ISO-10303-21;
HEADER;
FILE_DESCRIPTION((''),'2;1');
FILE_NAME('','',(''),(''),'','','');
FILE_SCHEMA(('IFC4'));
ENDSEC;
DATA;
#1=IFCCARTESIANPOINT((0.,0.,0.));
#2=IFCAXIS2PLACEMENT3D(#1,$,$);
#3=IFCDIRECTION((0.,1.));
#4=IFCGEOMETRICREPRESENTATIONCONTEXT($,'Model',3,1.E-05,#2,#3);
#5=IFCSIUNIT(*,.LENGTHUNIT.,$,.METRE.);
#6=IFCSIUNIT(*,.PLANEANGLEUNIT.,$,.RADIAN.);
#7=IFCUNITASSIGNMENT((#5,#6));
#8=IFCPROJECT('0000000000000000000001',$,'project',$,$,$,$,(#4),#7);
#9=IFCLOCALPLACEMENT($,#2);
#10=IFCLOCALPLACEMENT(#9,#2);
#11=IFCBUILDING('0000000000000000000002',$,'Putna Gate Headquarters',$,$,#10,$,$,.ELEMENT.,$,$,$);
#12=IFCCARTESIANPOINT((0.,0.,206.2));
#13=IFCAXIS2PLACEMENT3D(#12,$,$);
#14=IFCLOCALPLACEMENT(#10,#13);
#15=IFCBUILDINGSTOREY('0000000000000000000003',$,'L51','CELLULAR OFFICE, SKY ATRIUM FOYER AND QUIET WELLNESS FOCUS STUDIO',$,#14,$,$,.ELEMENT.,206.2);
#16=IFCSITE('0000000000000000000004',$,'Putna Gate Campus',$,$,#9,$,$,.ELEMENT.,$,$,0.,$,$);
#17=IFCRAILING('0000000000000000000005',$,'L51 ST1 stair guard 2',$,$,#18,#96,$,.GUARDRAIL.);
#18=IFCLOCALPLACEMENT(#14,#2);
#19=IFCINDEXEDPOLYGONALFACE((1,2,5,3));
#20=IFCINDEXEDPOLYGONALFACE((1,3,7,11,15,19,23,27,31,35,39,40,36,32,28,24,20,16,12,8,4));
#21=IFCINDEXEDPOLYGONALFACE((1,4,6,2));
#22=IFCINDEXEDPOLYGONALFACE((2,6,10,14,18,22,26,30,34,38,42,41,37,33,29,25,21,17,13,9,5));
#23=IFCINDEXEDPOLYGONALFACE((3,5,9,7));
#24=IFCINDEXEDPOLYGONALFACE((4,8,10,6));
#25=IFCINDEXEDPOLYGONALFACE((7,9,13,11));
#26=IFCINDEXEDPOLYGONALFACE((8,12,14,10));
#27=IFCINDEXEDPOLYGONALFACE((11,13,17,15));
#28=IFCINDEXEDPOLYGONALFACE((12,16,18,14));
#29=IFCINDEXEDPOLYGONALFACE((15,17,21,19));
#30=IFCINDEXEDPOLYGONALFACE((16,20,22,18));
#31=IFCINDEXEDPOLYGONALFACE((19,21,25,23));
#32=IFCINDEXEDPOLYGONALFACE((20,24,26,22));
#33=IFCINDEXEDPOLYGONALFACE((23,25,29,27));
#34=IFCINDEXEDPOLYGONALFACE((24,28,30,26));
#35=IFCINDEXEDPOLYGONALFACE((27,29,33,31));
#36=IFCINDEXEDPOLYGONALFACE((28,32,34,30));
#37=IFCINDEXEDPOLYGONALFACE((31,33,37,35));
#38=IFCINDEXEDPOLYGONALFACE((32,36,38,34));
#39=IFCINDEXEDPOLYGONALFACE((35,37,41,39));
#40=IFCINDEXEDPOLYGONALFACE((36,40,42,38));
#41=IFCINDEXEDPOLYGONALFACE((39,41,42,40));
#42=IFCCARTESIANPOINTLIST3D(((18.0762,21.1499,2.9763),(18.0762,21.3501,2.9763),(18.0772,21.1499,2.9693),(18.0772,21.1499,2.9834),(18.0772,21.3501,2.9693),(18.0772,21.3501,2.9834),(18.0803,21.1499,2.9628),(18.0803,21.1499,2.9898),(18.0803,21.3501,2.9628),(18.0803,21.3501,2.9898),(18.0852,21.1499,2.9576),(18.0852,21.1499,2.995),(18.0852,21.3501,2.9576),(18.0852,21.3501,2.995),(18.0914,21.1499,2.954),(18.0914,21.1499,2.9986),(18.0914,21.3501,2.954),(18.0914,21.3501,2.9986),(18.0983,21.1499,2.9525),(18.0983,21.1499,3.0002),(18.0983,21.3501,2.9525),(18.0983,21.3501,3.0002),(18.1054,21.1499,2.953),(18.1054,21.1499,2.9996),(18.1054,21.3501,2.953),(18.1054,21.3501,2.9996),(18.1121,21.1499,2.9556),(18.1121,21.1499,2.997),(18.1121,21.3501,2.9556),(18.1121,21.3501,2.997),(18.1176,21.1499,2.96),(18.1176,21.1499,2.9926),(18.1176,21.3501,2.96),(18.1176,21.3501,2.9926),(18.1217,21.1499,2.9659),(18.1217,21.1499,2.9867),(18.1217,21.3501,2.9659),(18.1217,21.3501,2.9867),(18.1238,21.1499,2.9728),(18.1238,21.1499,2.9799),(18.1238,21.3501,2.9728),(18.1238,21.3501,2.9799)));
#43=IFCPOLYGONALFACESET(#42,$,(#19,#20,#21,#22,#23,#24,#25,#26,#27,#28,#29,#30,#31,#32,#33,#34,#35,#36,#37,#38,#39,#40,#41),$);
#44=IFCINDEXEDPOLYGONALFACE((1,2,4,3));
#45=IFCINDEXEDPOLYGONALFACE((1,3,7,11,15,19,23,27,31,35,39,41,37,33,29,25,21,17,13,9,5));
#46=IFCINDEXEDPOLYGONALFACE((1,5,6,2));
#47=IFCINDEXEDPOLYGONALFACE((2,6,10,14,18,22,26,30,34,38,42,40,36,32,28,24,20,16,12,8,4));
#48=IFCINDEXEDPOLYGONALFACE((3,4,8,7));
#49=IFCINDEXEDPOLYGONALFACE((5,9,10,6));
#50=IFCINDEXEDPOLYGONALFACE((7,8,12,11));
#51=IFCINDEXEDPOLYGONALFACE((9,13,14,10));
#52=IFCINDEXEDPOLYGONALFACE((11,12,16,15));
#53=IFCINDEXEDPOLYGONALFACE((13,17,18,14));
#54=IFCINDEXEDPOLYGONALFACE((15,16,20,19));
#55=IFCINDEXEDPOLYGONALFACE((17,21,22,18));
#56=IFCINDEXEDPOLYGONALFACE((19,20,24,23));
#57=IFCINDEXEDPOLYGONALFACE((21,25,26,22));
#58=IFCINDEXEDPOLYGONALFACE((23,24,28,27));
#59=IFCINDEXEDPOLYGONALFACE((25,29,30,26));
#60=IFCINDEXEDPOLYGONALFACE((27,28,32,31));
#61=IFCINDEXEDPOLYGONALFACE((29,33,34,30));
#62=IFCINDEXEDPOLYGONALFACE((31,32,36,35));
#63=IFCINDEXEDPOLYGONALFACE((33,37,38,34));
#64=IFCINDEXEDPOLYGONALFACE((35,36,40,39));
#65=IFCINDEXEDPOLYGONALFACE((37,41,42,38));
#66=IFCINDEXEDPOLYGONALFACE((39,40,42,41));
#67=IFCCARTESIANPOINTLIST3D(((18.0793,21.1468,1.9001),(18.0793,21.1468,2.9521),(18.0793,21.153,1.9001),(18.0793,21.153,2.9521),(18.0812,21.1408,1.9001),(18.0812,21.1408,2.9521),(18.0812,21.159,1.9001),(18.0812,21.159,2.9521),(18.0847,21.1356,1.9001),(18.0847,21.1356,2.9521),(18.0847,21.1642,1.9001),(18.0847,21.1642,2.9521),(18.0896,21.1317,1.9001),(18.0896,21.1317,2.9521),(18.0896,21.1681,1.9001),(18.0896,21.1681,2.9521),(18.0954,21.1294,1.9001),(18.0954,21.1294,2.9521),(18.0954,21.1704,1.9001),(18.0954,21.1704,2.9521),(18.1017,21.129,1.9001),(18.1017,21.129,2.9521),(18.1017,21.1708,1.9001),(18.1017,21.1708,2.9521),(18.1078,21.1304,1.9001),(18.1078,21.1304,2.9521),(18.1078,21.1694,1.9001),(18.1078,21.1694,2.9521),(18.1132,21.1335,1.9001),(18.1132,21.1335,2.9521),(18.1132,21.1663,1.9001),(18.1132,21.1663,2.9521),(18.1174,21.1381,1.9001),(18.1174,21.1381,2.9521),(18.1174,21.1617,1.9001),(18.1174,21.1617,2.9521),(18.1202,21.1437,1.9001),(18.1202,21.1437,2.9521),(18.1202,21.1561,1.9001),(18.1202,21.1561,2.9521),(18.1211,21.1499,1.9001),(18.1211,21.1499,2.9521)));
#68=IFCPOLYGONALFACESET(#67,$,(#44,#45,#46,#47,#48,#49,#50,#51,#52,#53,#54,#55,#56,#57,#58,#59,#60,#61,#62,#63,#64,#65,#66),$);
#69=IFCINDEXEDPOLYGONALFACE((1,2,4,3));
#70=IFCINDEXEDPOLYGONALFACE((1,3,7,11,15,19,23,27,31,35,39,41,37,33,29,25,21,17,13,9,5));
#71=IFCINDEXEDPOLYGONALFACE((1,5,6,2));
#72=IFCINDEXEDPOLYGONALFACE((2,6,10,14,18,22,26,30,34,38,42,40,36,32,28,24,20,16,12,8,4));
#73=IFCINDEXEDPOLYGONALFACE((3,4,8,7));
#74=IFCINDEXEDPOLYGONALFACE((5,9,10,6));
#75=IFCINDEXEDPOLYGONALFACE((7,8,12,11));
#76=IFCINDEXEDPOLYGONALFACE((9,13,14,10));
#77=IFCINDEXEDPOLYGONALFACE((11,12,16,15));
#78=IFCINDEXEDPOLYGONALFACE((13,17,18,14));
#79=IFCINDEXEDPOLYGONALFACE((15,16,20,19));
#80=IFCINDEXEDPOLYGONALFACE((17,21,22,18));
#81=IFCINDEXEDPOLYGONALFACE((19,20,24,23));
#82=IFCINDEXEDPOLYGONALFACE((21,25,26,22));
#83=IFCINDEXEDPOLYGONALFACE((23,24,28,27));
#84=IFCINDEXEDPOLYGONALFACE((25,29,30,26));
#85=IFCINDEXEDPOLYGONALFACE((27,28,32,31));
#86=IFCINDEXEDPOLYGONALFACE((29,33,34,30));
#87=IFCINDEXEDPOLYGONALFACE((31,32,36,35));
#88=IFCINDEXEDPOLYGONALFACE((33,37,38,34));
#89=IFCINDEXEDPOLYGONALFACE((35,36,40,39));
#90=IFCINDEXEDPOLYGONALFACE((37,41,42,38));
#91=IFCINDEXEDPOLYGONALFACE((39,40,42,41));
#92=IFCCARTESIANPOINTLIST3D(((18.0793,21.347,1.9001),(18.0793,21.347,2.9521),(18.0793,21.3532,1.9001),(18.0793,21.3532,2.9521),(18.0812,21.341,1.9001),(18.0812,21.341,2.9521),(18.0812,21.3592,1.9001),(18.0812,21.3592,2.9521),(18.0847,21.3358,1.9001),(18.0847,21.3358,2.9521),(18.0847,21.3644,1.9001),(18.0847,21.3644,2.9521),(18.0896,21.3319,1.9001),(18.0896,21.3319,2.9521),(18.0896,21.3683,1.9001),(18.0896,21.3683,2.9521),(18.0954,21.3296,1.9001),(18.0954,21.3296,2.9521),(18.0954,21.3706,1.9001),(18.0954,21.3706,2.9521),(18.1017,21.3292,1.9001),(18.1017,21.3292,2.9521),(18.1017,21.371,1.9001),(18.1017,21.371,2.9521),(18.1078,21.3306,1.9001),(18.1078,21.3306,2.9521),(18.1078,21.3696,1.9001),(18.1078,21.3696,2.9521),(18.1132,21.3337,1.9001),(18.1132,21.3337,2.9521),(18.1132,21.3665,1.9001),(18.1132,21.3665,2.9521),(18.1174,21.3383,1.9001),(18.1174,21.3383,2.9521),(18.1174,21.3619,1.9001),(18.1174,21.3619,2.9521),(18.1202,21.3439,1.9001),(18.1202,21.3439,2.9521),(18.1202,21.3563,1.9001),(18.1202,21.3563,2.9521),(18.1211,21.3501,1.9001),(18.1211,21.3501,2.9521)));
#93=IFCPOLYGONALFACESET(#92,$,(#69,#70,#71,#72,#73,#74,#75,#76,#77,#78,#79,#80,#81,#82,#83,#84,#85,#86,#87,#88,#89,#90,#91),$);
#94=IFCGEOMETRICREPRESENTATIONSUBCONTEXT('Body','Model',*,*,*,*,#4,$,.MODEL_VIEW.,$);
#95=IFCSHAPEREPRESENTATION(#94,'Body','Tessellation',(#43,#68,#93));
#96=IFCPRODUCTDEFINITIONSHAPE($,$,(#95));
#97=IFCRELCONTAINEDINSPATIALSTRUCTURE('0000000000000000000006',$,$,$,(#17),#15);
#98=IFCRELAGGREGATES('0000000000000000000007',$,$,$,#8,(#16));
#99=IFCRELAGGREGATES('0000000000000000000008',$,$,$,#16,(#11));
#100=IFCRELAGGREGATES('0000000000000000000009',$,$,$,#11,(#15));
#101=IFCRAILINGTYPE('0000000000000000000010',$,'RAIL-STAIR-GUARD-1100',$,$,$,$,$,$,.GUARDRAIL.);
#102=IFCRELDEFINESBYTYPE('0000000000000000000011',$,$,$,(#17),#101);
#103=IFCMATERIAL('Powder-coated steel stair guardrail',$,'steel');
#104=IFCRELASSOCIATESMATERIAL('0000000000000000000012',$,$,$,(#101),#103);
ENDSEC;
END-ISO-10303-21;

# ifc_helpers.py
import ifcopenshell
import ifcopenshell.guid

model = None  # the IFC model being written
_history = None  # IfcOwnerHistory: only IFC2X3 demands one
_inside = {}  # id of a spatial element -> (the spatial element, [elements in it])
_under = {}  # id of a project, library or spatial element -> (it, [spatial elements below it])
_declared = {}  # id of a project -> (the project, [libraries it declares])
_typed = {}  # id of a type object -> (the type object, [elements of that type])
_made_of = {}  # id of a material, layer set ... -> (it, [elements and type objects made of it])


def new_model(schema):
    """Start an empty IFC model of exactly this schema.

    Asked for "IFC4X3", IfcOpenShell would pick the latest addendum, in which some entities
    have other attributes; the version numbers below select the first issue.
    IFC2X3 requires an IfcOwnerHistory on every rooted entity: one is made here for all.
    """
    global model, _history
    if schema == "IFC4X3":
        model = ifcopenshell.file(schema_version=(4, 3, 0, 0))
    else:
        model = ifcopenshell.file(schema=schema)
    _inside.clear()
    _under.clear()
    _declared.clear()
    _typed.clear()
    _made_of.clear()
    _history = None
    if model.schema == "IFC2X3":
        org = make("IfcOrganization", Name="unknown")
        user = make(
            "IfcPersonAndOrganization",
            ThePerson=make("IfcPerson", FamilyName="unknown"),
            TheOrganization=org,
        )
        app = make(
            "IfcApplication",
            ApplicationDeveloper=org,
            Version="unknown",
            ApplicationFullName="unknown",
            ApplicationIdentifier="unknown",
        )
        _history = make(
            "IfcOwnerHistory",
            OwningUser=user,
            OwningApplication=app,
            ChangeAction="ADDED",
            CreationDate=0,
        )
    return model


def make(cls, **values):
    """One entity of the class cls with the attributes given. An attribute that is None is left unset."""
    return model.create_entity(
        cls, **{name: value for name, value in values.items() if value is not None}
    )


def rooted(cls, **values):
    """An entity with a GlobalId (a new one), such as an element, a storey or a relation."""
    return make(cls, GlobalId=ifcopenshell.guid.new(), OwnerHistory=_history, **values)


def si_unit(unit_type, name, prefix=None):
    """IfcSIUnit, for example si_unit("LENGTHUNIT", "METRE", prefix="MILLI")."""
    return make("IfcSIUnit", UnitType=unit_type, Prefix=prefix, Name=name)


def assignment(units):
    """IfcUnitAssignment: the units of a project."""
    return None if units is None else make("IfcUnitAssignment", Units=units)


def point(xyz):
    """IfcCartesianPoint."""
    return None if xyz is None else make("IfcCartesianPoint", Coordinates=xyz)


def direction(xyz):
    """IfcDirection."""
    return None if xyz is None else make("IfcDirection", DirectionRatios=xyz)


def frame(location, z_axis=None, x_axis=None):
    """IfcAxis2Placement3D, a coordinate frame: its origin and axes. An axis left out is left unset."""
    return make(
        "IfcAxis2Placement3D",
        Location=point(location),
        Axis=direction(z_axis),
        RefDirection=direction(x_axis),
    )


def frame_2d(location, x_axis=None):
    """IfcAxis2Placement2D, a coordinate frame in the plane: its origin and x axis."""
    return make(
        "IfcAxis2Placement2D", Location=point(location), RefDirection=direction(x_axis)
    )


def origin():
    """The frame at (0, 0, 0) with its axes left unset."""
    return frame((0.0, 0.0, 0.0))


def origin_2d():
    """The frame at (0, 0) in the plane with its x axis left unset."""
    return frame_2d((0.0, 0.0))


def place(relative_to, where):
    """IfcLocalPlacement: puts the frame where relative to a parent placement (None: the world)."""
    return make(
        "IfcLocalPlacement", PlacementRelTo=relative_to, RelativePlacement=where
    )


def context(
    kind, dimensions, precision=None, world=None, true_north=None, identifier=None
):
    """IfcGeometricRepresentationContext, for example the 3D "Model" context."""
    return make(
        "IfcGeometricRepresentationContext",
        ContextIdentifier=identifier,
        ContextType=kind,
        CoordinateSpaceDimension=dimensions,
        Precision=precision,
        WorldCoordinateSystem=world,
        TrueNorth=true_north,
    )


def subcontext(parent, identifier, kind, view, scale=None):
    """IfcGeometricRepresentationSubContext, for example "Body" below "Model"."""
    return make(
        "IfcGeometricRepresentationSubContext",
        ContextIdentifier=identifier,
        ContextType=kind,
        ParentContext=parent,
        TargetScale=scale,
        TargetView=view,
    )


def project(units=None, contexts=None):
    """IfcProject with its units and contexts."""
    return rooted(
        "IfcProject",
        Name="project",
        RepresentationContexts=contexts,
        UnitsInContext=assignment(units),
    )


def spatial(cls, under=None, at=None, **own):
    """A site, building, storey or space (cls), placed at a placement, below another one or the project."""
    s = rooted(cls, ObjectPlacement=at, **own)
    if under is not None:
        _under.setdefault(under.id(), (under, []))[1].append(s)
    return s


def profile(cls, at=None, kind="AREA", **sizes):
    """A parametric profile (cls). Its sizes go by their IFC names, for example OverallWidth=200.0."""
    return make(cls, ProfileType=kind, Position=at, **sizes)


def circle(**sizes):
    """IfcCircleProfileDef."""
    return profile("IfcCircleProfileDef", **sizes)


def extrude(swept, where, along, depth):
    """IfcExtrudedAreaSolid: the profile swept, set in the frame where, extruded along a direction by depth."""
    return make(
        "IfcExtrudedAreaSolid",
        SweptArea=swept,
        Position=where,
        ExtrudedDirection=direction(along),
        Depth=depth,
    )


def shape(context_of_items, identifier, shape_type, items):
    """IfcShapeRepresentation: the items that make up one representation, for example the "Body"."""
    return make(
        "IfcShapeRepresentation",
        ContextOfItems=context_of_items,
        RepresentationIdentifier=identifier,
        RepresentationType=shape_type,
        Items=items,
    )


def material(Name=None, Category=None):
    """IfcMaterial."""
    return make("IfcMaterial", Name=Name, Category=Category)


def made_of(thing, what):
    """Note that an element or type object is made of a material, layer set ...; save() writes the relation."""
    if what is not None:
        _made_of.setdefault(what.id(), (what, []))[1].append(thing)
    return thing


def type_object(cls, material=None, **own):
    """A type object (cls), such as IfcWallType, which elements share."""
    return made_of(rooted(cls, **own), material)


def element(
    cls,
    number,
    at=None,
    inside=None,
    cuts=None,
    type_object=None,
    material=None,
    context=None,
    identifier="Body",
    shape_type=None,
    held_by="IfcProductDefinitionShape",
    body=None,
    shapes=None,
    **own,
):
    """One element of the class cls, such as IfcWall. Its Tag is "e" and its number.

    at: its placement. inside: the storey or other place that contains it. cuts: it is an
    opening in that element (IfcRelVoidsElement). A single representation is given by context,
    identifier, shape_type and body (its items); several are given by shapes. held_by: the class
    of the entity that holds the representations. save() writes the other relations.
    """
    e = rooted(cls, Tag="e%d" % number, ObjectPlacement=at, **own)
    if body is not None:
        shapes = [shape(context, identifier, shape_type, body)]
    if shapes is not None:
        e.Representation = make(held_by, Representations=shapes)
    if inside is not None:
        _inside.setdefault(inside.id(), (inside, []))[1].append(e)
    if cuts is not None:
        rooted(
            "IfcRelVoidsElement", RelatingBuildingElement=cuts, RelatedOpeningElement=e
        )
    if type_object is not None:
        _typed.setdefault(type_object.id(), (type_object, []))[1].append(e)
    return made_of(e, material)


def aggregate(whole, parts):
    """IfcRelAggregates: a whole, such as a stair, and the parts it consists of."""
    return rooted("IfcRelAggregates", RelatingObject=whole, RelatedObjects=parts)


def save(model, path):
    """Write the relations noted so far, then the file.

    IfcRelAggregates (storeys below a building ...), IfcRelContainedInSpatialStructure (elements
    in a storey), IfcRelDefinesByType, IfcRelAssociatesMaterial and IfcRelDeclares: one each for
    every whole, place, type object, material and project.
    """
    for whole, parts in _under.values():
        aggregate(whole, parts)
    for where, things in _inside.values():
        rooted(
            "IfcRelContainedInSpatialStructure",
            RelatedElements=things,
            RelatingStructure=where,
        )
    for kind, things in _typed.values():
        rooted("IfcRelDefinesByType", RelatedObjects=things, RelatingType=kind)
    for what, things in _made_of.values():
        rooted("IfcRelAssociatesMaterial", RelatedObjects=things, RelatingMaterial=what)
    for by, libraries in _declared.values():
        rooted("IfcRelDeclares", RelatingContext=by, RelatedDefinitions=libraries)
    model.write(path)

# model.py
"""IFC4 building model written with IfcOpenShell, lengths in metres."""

from ifc_helpers import new_model, si_unit, direction, frame, origin, origin_2d, place, context, subcontext, project, spatial, circle, extrude, material, type_object, element, save


model = new_model("IFC4")

# Units and contexts
model_context = context("Model", 3, precision=1e-05, world=origin(), true_north=direction((0.0, 1.0)))
body_context = subcontext(model_context, "Body", "Model", "MODEL_VIEW")
ifc_project = project(units=[si_unit("LENGTHUNIT", "METRE"), si_unit("PLANEANGLEUNIT", "RADIAN")], contexts=[model_context])

# Site, building, storey
site_placement = place(None, origin())
site = spatial("IfcSite", under=ifc_project, at=site_placement, Name="Putna Gate Campus", CompositionType="ELEMENT", RefElevation=0.0)
building_placement = place(site_placement, origin())
building = spatial("IfcBuilding", under=site, at=building_placement, Name="Putna Gate Headquarters", CompositionType="ELEMENT")
storey_placement = place(building_placement, frame((0.0, 0.0, 206.2)))
storey = spatial("IfcBuildingStorey", under=building, at=storey_placement, Name="L51", Description="CELLULAR OFFICE, SKY ATRIUM FOYER AND QUIET WELLNESS FOCUS STUDIO", CompositionType="ELEMENT", Elevation=206.2)

# Railing
ifc_material_1 = material(Name="Powder-coated steel stair guardrail", Category="steel")
railing_type_1 = type_object("IfcRailingType", Name="RAIL-STAIR-GUARD-1100", PredefinedType="GUARDRAIL", material=ifc_material_1)
railing_1_placement = place(storey_placement, frame((18.1001, 21.1499, 1.9001)))
element("IfcRailing", 1, at=railing_1_placement, inside=storey, type_object=railing_type_1, Name="L51 ST1 stair guard 2", PredefinedType="GUARDRAIL", context=body_context, shape_type="SweptSolid", body=[
    extrude(circle(Radius=0.0239, at=origin_2d()), frame((0.0, 0.0, 1.0762), z_axis=(0.0, 1.0, 0.0), x_axis=(-1.0, 0.0, 0.0)), (0.0, 0.0, 1.0), 0.2002),
    extrude(circle(Radius=0.021, at=origin_2d()), origin(), (0.0, 0.0, 1.0), 1.052),
    extrude(circle(Radius=0.021, at=origin_2d()), frame((0.0, 0.2002, 0.0)), (0.0, 0.0, 1.0), 1.052),
])

save(model, "model.ifc")
